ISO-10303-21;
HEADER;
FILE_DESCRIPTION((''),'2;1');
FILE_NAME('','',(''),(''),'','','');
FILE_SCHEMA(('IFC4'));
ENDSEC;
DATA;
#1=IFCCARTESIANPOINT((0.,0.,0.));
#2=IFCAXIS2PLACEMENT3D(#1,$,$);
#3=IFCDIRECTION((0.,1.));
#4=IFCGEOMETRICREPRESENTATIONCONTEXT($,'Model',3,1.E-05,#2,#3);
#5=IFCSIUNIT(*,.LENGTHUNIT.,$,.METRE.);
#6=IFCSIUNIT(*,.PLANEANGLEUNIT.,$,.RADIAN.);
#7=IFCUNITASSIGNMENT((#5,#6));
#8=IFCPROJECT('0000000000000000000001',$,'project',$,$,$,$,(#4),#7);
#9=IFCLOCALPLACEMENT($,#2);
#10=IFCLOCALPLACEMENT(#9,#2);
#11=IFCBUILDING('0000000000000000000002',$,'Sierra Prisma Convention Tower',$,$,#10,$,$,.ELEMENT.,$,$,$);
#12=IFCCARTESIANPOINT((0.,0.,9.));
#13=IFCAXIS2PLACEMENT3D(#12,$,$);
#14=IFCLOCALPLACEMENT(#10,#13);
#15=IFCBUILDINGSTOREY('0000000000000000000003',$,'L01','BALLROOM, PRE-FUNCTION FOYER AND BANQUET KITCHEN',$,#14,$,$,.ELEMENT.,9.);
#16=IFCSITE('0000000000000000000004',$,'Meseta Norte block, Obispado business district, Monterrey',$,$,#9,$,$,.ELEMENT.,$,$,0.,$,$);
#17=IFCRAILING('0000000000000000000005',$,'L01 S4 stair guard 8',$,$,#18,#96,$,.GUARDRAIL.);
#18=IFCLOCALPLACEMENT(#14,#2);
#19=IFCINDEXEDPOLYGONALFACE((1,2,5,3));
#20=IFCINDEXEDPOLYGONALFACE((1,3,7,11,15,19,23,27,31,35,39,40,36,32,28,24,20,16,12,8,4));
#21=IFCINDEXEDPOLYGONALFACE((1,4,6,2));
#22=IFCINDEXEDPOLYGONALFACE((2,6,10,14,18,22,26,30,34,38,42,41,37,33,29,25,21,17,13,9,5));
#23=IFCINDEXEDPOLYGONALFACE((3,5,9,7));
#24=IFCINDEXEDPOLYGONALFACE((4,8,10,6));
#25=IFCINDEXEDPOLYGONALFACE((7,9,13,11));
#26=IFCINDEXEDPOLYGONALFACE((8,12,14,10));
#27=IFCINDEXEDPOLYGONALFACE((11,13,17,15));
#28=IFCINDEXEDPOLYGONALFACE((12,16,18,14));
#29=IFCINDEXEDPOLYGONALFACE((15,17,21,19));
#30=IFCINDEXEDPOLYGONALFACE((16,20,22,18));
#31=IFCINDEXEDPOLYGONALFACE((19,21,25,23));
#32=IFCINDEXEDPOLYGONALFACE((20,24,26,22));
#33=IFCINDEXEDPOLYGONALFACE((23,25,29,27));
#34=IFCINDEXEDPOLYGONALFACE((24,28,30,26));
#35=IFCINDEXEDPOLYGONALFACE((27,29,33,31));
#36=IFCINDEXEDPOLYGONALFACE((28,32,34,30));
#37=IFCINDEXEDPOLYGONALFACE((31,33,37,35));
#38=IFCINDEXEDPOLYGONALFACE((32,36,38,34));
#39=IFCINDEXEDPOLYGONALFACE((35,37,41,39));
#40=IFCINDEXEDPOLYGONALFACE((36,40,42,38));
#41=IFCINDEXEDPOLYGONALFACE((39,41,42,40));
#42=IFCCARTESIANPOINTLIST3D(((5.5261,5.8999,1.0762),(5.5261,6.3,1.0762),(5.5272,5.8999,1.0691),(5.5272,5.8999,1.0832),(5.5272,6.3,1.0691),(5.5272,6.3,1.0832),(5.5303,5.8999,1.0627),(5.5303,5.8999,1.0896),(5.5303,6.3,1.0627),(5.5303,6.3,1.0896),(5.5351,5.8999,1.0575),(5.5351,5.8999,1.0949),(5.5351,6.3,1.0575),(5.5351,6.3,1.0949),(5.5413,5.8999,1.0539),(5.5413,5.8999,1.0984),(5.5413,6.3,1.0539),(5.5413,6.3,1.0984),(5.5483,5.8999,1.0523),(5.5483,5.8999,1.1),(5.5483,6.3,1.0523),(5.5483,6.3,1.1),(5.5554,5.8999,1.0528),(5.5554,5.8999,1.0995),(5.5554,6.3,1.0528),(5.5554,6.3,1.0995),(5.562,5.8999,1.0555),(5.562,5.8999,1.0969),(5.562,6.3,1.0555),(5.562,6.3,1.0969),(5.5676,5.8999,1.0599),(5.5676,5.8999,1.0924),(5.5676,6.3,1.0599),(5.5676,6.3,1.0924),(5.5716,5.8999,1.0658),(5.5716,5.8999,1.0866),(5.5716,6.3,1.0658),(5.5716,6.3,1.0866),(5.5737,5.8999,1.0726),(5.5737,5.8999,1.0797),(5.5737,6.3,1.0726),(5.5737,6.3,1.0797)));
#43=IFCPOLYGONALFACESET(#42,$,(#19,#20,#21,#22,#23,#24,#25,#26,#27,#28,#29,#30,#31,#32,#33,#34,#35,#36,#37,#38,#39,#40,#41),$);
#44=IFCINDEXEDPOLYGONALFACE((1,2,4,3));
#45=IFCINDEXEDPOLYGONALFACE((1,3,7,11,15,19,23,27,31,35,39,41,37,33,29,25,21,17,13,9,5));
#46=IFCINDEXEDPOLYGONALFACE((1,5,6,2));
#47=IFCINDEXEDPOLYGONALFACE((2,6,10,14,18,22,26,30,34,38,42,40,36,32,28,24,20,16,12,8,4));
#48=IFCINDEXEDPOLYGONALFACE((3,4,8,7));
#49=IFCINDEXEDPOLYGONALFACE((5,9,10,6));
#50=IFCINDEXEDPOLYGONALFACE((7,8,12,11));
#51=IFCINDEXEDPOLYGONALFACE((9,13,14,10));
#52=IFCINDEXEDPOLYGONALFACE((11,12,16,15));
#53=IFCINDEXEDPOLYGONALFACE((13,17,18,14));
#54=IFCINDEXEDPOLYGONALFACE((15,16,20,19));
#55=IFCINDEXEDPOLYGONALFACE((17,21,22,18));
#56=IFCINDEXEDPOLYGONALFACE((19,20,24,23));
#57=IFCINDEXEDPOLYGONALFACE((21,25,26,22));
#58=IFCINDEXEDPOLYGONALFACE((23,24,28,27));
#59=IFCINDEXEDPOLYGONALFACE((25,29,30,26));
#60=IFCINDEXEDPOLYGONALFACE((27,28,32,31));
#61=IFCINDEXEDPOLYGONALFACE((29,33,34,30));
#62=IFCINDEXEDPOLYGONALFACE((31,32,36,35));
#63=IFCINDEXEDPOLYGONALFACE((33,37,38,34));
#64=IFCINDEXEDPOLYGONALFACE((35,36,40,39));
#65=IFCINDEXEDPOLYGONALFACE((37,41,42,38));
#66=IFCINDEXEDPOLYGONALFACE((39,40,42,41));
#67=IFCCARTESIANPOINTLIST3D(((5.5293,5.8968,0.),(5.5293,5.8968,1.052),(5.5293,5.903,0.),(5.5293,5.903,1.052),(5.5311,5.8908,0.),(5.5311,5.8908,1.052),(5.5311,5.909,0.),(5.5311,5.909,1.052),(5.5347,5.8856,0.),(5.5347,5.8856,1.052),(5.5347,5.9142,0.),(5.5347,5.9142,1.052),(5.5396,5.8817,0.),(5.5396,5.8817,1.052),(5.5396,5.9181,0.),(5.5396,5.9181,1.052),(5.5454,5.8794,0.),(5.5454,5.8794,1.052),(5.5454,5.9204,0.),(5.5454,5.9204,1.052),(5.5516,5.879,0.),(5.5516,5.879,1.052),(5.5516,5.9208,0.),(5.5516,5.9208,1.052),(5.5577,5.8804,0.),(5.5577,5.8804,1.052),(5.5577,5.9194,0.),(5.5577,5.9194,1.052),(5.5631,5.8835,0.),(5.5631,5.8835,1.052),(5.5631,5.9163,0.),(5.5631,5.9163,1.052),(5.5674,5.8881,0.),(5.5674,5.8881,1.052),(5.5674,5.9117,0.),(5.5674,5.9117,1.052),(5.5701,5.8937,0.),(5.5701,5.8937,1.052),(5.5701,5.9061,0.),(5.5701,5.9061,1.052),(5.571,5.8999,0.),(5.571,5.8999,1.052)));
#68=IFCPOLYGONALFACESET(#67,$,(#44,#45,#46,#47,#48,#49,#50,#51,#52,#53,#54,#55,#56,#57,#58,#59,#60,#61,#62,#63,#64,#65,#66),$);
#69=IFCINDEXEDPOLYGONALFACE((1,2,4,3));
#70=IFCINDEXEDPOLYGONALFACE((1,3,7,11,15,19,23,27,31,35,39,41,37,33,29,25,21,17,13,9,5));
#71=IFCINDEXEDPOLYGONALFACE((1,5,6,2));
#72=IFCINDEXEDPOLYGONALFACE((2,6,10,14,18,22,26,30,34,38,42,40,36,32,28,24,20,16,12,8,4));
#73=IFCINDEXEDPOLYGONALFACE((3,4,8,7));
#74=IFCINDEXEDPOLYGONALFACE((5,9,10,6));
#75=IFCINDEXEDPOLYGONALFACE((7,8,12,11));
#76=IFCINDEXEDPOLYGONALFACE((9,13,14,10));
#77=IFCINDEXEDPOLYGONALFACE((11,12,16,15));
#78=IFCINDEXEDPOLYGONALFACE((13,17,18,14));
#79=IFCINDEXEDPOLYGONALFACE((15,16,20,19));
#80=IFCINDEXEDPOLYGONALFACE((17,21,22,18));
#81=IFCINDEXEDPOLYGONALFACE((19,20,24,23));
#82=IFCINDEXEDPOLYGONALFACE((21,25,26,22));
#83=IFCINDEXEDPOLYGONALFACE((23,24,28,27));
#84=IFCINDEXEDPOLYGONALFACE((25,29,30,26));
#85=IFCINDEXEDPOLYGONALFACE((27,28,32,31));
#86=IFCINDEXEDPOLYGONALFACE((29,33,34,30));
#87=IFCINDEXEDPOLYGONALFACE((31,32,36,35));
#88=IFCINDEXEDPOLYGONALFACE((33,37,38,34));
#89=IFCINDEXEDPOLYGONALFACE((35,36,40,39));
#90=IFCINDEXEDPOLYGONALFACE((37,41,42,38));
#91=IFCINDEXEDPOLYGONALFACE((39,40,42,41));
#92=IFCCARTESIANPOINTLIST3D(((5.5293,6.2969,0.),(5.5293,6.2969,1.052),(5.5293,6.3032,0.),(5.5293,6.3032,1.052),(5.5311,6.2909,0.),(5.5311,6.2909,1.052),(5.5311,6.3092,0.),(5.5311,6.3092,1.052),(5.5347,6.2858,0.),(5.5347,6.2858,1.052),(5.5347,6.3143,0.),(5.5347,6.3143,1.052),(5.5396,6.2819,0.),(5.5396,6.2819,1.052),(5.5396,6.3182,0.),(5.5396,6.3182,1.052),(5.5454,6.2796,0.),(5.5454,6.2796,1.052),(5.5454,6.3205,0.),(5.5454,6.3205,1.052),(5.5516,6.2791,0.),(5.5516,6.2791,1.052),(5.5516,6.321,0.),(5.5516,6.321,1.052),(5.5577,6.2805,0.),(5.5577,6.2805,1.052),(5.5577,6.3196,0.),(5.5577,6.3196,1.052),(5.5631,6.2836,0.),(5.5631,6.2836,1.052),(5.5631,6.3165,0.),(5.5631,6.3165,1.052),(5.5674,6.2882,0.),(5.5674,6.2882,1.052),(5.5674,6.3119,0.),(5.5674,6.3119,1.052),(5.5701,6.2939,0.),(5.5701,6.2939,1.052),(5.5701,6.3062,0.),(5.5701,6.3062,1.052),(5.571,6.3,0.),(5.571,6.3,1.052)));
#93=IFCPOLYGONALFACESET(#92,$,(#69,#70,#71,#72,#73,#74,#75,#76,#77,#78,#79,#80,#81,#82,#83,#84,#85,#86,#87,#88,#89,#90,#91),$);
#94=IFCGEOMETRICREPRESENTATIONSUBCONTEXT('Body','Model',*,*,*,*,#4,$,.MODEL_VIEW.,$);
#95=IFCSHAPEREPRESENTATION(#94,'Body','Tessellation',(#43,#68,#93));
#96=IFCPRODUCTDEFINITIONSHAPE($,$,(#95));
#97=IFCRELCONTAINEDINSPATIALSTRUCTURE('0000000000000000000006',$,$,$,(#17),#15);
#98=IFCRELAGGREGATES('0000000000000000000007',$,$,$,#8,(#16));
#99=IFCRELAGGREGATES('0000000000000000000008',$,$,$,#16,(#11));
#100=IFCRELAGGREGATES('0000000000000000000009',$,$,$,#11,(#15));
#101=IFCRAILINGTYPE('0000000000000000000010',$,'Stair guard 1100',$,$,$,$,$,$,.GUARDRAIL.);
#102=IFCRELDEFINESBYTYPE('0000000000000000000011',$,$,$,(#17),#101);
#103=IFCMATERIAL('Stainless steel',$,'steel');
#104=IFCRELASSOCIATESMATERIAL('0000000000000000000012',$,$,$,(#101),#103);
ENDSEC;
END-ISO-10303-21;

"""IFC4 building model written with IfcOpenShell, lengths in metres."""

from ifc_helpers import new_model, si_unit, direction, frame, origin, origin_2d, place, context, subcontext, project, spatial, circle, extrude, material, type_object, element, save


model = new_model("IFC4")

# Units and contexts
model_context = context("Model", 3, precision=1e-05, world=origin(), true_north=direction((0.0, 1.0)))
body_context = subcontext(model_context, "Body", "Model", "MODEL_VIEW")
ifc_project = project(units=[si_unit("LENGTHUNIT", "METRE"), si_unit("PLANEANGLEUNIT", "RADIAN")], contexts=[model_context])

# Site, building, storey
site_placement = place(None, origin())
site = spatial("IfcSite", under=ifc_project, at=site_placement, Name="Meseta Norte block, Obispado business district, Monterrey", CompositionType="ELEMENT", RefElevation=0.0)
building_placement = place(site_placement, origin())
building = spatial("IfcBuilding", under=site, at=building_placement, Name="Sierra Prisma Convention Tower", CompositionType="ELEMENT")
storey_placement = place(building_placement, frame((0.0, 0.0, 9.0)))
storey = spatial("IfcBuildingStorey", under=building, at=storey_placement, Name="L01", Description="BALLROOM, PRE-FUNCTION FOYER AND BANQUET KITCHEN", CompositionType="ELEMENT", Elevation=9.0)

# Railing
ifc_material_1 = material(Name="Stainless steel", Category="steel")
railing_type_1 = type_object("IfcRailingType", Name="Stair guard 1100", PredefinedType="GUARDRAIL", material=ifc_material_1)
railing_1_placement = place(storey_placement, frame((5.55, 5.8999, 0.0)))
element("IfcRailing", 1, at=railing_1_placement, inside=storey, type_object=railing_type_1, Name="L01 S4 stair guard 8", PredefinedType="GUARDRAIL", context=body_context, shape_type="SweptSolid", body=[
    extrude(circle(Radius=0.0239, at=origin_2d()), frame((0.0, 0.0, 1.0762), z_axis=(0.0, 1.0, 0.0), x_axis=(-1.0, 0.0, 0.0)), (0.0, 0.0, 1.0), 0.4001),
    extrude(circle(Radius=0.021, at=origin_2d()), origin(), (0.0, 0.0, 1.0), 1.052),
    extrude(circle(Radius=0.021, at=origin_2d()), frame((0.0, 0.4001, 0.0)), (0.0, 0.0, 1.0), 1.052),
])

save(model, "model.ifc")
